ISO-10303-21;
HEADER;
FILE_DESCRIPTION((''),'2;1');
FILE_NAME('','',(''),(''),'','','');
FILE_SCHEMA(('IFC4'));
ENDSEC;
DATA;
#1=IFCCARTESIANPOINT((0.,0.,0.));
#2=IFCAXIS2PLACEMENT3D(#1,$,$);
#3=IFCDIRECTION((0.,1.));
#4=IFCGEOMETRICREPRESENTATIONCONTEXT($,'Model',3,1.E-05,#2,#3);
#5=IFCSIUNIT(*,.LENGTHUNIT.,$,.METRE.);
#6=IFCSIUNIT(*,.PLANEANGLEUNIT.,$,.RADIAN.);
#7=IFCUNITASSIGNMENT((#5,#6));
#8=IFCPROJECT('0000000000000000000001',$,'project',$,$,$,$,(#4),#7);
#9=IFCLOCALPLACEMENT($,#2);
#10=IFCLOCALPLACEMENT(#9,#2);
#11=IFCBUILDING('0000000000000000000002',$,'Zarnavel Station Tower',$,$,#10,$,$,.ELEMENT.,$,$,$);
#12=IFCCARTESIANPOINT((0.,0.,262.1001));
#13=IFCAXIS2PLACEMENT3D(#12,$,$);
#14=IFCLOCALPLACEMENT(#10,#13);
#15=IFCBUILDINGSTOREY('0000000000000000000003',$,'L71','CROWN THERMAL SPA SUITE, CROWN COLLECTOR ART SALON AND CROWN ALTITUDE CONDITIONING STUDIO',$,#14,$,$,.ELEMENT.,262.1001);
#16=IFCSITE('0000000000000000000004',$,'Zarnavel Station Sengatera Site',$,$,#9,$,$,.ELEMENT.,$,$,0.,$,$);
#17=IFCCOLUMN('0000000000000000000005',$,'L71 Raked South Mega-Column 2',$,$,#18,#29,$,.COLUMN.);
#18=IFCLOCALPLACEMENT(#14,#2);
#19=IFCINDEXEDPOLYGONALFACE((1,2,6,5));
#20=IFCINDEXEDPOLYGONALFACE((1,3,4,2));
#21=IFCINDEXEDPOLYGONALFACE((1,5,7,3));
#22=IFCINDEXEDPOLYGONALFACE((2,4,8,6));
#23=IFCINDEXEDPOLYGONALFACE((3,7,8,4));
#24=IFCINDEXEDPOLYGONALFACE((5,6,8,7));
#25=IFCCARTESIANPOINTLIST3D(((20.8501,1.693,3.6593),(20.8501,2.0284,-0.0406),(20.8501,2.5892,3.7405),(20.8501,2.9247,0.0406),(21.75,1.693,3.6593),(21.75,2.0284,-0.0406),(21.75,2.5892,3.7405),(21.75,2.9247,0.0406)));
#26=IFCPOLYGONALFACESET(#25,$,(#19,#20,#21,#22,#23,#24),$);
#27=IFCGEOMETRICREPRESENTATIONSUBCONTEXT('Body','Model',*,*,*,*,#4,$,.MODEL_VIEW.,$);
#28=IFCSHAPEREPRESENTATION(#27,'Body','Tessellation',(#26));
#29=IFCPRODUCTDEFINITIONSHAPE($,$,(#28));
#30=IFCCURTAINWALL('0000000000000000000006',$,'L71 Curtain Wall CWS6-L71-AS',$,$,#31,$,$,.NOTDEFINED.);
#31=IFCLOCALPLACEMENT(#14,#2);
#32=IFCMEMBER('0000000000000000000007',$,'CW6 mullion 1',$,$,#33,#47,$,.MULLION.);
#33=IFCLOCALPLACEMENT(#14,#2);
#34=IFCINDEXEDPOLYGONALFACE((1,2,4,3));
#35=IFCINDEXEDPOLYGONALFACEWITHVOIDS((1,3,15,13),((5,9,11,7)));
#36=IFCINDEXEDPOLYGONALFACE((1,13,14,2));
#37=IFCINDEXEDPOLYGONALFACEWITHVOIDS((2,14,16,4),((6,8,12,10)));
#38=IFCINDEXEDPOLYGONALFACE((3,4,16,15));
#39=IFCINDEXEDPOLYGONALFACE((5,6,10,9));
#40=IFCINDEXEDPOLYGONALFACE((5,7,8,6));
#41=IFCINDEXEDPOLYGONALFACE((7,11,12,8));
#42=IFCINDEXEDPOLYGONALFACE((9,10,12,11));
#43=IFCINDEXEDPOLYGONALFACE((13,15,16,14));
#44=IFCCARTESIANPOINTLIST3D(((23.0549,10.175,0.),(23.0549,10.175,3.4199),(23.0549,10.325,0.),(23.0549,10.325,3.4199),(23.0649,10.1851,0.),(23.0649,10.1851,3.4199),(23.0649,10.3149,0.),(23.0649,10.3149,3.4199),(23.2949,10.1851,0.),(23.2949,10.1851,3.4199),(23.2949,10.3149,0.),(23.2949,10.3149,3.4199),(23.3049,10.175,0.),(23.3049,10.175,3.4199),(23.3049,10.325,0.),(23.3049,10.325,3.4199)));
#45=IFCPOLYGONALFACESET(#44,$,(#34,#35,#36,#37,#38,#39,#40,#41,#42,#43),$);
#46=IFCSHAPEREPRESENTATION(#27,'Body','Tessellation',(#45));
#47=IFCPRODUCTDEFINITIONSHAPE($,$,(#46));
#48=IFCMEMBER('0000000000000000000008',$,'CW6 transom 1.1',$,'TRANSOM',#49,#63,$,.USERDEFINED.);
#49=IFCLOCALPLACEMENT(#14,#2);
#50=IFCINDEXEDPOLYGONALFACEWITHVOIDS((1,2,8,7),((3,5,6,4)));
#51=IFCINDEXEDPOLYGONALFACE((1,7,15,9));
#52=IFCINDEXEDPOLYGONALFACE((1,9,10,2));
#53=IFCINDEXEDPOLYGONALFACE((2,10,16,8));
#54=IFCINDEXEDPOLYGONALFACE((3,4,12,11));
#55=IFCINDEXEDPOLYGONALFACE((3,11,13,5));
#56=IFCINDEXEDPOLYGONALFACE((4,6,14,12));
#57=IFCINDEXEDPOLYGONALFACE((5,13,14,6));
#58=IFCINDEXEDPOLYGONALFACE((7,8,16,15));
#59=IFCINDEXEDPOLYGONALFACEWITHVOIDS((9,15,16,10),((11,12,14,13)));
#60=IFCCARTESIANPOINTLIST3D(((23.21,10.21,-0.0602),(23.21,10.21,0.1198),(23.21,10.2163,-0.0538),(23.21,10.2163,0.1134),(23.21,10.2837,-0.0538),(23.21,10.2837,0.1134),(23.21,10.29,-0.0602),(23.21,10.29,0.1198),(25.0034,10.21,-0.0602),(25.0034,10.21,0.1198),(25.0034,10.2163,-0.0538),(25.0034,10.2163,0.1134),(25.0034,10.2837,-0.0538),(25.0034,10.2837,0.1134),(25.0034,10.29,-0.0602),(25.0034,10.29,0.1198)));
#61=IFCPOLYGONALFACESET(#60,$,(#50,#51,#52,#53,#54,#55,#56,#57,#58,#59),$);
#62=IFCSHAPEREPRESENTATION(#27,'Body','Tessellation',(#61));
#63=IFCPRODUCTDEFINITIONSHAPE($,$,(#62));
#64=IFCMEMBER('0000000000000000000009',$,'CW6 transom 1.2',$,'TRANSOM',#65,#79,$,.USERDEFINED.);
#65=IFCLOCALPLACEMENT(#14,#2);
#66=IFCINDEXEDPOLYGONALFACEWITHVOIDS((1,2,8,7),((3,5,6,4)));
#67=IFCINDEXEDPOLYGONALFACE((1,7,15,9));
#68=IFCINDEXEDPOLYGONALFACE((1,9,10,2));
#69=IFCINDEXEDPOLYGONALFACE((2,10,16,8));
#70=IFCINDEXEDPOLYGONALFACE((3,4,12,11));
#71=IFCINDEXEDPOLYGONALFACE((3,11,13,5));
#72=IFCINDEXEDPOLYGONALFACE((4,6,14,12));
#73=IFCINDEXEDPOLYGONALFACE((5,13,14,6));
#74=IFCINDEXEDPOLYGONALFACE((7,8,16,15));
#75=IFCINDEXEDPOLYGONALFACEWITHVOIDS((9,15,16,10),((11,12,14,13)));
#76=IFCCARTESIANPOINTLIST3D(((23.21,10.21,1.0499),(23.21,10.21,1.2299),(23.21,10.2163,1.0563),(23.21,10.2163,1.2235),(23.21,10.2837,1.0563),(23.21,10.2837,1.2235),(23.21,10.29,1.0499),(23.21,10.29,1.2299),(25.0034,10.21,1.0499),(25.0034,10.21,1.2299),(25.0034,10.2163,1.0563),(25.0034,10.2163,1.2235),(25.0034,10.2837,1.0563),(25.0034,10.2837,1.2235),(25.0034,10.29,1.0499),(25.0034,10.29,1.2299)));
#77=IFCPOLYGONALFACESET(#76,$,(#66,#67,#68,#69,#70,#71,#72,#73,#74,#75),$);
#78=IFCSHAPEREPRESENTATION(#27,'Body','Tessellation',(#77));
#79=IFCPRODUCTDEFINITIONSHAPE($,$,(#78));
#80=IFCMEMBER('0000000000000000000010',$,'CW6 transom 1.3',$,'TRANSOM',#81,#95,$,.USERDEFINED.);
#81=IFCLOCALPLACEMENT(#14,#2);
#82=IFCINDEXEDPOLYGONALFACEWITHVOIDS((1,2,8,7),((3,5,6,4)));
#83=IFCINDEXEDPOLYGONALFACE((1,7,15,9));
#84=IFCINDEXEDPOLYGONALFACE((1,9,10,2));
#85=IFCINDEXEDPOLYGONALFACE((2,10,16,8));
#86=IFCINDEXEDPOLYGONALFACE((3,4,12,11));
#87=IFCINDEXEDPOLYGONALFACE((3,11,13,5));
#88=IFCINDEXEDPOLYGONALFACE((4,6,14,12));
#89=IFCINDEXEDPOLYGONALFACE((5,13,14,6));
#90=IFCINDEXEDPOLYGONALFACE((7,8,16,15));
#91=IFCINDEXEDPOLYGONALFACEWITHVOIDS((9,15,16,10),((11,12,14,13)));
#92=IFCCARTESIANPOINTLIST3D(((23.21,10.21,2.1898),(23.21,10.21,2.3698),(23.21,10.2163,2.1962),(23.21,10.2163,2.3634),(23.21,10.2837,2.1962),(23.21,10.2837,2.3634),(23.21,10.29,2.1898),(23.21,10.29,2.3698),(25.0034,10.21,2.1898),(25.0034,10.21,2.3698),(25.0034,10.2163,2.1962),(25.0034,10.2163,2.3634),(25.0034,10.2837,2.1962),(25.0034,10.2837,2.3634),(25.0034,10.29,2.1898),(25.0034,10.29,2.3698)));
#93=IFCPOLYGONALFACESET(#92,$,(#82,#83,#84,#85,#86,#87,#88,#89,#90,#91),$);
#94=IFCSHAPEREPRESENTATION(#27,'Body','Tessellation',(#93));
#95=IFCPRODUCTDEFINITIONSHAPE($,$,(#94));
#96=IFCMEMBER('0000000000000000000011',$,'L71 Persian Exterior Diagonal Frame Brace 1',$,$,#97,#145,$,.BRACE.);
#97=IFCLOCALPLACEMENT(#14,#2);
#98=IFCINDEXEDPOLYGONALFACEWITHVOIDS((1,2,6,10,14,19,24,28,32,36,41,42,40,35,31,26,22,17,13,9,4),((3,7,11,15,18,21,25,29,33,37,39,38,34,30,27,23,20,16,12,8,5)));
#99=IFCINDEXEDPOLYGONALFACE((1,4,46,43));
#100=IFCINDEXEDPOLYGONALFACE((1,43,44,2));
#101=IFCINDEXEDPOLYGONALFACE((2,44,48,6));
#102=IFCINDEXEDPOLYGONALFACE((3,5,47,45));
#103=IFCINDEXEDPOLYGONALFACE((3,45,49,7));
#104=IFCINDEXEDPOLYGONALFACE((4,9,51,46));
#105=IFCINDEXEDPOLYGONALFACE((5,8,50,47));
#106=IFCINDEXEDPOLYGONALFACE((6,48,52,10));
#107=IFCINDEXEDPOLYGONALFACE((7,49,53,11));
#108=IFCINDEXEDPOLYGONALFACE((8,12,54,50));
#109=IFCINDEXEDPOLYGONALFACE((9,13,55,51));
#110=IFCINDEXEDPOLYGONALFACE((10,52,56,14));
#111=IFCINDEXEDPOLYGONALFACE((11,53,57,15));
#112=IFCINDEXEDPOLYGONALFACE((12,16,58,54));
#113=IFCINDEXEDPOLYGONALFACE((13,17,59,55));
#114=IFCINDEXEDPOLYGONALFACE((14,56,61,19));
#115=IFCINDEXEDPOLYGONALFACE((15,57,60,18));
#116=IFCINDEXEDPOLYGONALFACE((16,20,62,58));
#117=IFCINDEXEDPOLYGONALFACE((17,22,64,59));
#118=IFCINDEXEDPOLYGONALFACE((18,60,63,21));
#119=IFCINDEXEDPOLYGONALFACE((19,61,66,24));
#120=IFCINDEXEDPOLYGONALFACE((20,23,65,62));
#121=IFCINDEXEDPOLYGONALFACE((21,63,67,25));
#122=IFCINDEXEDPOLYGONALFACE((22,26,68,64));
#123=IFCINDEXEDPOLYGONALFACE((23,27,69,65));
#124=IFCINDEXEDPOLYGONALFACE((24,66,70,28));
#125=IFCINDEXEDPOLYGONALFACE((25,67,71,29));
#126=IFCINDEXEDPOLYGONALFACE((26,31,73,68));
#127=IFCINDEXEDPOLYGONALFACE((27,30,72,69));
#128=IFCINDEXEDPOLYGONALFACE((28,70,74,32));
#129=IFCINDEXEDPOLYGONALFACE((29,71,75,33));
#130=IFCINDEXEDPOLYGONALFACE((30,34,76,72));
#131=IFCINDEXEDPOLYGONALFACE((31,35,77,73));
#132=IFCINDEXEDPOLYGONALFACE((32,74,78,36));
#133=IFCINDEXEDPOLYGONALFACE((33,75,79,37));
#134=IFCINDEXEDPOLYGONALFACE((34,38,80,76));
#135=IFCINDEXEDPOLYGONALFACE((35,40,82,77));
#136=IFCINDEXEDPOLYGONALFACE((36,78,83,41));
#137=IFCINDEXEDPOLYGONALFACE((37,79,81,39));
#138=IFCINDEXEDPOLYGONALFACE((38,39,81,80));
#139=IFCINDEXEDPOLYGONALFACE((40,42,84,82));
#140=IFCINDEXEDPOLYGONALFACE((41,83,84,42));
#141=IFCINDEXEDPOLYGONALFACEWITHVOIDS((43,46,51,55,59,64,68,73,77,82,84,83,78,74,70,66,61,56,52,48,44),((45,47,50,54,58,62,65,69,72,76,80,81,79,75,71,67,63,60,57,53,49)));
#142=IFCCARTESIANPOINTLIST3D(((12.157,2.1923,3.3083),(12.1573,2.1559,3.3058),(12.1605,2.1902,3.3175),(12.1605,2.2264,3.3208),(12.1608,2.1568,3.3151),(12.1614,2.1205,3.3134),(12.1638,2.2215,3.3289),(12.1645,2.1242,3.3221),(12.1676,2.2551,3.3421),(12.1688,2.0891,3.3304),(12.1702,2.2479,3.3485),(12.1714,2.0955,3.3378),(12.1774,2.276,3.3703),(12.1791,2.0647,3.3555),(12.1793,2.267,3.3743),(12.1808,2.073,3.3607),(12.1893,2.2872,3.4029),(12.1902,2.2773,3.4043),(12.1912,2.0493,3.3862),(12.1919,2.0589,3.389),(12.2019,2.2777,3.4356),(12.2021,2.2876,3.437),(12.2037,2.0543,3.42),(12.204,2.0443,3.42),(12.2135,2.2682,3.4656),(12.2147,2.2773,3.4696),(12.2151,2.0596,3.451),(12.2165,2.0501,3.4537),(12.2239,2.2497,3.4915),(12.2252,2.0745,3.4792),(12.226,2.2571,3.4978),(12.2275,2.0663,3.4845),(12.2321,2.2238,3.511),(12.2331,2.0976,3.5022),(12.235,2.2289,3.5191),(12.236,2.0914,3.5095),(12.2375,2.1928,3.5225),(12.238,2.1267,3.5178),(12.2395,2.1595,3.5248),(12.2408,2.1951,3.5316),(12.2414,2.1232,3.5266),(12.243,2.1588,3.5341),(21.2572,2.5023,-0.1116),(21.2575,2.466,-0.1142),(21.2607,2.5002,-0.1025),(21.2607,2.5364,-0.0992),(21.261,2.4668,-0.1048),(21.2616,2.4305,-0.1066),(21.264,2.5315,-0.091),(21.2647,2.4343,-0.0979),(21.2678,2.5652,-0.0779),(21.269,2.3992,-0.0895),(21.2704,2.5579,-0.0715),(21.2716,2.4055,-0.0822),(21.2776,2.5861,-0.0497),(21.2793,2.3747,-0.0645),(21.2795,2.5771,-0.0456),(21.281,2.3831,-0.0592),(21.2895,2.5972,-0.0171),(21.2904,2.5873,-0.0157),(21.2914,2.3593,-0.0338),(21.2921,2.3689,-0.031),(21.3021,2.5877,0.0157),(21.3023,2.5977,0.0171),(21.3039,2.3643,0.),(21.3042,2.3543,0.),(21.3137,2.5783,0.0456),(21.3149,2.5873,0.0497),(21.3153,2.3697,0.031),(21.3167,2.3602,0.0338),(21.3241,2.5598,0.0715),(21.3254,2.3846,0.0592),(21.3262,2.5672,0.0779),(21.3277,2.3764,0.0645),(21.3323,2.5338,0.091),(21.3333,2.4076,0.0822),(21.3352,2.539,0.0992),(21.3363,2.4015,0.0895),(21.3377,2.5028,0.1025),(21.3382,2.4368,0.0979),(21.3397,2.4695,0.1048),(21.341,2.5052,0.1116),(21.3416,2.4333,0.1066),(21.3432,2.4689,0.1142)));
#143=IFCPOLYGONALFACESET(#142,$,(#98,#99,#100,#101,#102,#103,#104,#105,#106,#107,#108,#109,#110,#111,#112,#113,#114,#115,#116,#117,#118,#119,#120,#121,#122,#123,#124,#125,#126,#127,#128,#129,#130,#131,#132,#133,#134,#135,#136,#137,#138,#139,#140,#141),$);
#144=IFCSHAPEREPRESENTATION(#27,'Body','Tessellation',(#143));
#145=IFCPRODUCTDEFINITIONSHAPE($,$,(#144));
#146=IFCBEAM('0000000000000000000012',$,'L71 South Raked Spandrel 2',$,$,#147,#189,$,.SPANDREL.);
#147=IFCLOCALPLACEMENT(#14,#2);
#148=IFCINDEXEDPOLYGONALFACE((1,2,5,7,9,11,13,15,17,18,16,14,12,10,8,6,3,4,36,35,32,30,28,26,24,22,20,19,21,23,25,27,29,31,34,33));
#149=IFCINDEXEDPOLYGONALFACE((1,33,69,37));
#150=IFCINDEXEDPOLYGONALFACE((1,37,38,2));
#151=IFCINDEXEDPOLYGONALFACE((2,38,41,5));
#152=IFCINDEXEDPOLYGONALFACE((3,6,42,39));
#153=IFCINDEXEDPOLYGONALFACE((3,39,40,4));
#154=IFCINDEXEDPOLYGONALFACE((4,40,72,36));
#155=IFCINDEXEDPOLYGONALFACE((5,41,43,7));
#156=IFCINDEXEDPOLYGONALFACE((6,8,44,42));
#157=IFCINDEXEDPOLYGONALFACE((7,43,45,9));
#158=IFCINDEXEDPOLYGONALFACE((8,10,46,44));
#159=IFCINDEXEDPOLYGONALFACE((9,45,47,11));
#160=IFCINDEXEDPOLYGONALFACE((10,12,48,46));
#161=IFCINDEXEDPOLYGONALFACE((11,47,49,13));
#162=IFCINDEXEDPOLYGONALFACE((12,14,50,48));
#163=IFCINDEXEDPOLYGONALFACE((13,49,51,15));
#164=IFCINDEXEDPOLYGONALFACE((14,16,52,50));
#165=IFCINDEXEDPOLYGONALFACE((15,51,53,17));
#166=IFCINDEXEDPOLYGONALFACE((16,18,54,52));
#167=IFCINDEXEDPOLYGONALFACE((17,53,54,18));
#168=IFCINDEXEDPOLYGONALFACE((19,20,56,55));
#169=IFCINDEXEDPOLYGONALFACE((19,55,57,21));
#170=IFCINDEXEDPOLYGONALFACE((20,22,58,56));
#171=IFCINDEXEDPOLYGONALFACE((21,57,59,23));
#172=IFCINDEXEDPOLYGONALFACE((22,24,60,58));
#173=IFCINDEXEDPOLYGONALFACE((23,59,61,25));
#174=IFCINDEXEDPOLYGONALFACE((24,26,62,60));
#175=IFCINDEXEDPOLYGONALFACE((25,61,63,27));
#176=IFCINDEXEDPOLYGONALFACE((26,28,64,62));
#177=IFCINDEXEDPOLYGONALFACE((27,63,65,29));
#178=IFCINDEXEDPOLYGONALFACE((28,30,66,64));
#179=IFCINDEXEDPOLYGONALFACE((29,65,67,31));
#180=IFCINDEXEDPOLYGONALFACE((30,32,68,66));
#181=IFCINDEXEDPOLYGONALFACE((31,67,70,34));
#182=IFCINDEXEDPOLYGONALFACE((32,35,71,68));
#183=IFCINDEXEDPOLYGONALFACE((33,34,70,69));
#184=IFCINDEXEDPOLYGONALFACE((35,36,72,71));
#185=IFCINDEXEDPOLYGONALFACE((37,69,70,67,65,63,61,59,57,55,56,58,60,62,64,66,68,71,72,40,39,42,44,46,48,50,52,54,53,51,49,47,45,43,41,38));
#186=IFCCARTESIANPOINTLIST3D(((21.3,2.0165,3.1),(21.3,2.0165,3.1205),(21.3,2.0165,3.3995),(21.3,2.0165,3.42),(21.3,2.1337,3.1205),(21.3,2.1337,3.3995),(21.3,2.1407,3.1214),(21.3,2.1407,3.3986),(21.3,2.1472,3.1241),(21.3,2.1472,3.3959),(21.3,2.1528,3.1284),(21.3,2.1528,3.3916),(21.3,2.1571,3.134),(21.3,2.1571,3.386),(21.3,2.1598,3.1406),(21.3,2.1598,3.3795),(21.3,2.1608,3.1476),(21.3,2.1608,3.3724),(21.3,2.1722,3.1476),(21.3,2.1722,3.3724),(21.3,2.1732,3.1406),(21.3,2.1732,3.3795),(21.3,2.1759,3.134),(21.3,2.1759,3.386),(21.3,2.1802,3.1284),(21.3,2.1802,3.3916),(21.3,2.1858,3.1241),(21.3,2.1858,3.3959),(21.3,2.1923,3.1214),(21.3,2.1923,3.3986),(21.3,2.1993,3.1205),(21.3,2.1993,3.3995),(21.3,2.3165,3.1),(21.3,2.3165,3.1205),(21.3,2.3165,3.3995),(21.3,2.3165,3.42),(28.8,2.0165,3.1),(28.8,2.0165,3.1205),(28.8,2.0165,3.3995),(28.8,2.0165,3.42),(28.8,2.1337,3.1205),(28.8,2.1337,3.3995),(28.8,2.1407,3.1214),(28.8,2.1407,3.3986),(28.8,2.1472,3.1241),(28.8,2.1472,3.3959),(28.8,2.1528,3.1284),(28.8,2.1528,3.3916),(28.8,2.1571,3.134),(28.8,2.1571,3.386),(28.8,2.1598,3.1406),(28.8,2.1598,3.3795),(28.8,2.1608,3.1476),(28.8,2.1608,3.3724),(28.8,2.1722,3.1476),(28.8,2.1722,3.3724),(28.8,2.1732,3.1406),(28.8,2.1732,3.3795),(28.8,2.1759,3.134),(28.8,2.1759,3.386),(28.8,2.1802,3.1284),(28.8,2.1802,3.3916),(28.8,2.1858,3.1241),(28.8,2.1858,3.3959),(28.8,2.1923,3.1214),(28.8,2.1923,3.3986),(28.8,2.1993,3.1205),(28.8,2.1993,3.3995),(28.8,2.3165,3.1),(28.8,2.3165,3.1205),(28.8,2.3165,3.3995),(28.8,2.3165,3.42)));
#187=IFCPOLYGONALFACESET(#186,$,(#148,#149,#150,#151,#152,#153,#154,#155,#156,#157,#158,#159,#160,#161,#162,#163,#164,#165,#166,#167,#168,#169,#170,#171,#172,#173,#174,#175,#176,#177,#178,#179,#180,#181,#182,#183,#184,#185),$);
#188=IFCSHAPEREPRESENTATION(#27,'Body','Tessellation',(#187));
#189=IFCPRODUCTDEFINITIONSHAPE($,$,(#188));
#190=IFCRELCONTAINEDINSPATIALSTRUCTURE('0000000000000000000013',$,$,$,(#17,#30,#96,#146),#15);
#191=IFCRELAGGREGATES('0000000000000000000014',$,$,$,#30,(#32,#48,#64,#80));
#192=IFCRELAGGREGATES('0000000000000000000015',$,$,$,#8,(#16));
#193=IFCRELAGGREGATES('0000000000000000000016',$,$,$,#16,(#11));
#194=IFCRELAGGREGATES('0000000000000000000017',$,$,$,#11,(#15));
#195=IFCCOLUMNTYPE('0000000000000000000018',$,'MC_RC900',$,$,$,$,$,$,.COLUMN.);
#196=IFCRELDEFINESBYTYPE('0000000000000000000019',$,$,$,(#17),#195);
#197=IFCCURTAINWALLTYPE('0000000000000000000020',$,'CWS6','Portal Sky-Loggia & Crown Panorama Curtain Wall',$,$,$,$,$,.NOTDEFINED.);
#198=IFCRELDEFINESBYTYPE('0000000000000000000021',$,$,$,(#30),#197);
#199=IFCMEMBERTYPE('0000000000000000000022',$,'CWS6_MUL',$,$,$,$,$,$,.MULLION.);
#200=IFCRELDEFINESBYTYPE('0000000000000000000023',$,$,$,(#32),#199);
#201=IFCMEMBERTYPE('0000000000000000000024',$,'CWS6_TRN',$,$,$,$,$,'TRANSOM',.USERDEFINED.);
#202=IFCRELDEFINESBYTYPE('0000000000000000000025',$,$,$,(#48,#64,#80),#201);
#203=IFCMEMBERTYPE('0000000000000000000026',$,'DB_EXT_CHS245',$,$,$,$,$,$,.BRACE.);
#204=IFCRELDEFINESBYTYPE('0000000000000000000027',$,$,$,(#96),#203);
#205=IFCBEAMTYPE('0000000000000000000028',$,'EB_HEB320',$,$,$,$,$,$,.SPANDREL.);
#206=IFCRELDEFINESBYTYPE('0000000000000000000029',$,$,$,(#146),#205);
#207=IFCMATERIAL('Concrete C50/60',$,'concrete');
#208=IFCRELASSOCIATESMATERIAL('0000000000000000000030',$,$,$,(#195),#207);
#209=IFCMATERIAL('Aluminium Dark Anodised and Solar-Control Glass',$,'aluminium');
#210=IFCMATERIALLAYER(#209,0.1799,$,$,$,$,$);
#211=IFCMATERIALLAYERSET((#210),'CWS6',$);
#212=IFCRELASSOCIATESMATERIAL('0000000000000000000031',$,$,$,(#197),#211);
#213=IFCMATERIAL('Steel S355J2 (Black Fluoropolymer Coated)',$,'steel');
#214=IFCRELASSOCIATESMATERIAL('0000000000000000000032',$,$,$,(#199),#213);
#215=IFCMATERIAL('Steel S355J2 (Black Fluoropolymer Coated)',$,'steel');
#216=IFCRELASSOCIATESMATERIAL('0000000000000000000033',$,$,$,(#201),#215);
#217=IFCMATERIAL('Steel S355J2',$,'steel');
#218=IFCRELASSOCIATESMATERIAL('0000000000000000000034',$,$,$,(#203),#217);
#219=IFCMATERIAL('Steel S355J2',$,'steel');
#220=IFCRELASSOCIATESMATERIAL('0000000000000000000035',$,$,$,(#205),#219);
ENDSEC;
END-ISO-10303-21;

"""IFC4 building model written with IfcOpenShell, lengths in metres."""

from ifc_helpers import new_model, si_unit, direction, frame, origin, origin_2d, place, context, subcontext, project, spatial, rectangle, hollow_rectangle, hollow_circle, i_section, extrude, material, layer, layer_set, material_profile, profile_set, type_object, element, aggregate, save


model = new_model("IFC4")

# Units and contexts
model_context = context("Model", 3, precision=1e-05, world=origin(), true_north=direction((0.0, 1.0)))
body_context = subcontext(model_context, "Body", "Model", "MODEL_VIEW")
ifc_project = project(units=[si_unit("LENGTHUNIT", "METRE"), si_unit("PLANEANGLEUNIT", "RADIAN")], contexts=[model_context])

# Site, building, storey
site_placement = place(None, origin())
site = spatial("IfcSite", under=ifc_project, at=site_placement, Name="Zarnavel Station Sengatera Site", CompositionType="ELEMENT", RefElevation=0.0)
building_placement = place(site_placement, origin())
building = spatial("IfcBuilding", under=site, at=building_placement, Name="Zarnavel Station Tower", CompositionType="ELEMENT")
storey_placement = place(building_placement, frame((0.0, 0.0, 262.1001)))
storey = spatial("IfcBuildingStorey", under=building, at=storey_placement, Name="L71", Description="CROWN THERMAL SPA SUITE, CROWN COLLECTOR ART SALON AND CROWN ALTITUDE CONDITIONING STUDIO", CompositionType="ELEMENT", Elevation=262.1001)

# Column
ifc_material_1 = material(Name="Concrete C50/60", Category="concrete")
ifc_material_profile_1 = material_profile(ifc_material_1, rectangle(XDim=0.8999, YDim=0.8999, at=origin_2d()), Name="RC900x900")
ifc_profile_set_1 = profile_set([ifc_material_profile_1], Name="Concrete C50/60")
column_type = type_object("IfcColumnType", Name="MC_RC900", PredefinedType="COLUMN", material=ifc_profile_set_1)
column_placement = place(storey_placement, frame((21.3, 2.4766, 0.0), z_axis=(0.0, -0.090293, 0.995915), x_axis=(1.0, 0.0, 0.0)))
element("IfcColumn", 1, at=column_placement, inside=storey, type_object=column_type, Name="L71 Raked South Mega-Column 2", PredefinedType="COLUMN", context=body_context, shape_type="SweptSolid", body=[
    extrude(rectangle(XDim=0.8999, YDim=0.8999, at=origin_2d()), origin(), (0.0, 0.0, 1.0), 3.7151),
])

# Curtain wall, members
ifc_material_2 = material(Name="Aluminium Dark Anodised and Solar-Control Glass", Category="aluminium")
ifc_layer_1 = layer(ifc_material_2, 0.1799)
ifc_layer_set_1 = layer_set([ifc_layer_1], Name="CWS6")
curtain_wall_type = type_object("IfcCurtainWallType", Name="CWS6", Description="Portal Sky-Loggia & Crown Panorama Curtain Wall", PredefinedType="NOTDEFINED", material=ifc_layer_set_1)
curtain_wall_placement = place(storey_placement, origin())
curtain_wall = element("IfcCurtainWall", 2, at=curtain_wall_placement, inside=storey, type_object=curtain_wall_type, Name="L71 Curtain Wall CWS6-L71-AS", PredefinedType="NOTDEFINED")
ifc_material_3 = material(Name="Steel S355J2 (Black Fluoropolymer Coated)", Category="steel")
ifc_material_profile_2 = material_profile(ifc_material_3, hollow_rectangle(XDim=0.1499, YDim=0.25, WallThickness=0.01, at=origin_2d()), Name="RHS250x150x10")
ifc_profile_set_2 = profile_set([ifc_material_profile_2], Name="Steel S355J2 (Black Fluoropolymer Coated)")
member_type_1 = type_object("IfcMemberType", Name="CWS6_MUL", PredefinedType="MULLION", material=ifc_profile_set_2)
member_1_placement = place(storey_placement, frame((23.1799, 10.25, 0.0), z_axis=(0.0, 0.0, 1.0), x_axis=(0.0, 1.0, 0.0)))
member_1 = element("IfcMember", 3, at=member_1_placement, type_object=member_type_1, Name="CW6 mullion 1", PredefinedType="MULLION", context=body_context, shape_type="SweptSolid", body=[
    extrude(hollow_rectangle(XDim=0.1499, YDim=0.25, WallThickness=0.01, at=origin_2d()), origin(), (0.0, 0.0, 1.0), 3.4199),
])
ifc_material_4 = material(Name="Steel S355J2 (Black Fluoropolymer Coated)", Category="steel")
ifc_material_profile_3 = material_profile(ifc_material_4, hollow_rectangle(XDim=0.0801, YDim=0.1799, WallThickness=0.0063, at=origin_2d()), Name="RHS180x80x6.3")
ifc_profile_set_3 = profile_set([ifc_material_profile_3], Name="Steel S355J2 (Black Fluoropolymer Coated)")
member_type_2 = type_object("IfcMemberType", Name="CWS6_TRN", ElementType="TRANSOM", PredefinedType="USERDEFINED", material=ifc_profile_set_3)
member_2_placement = place(storey_placement, frame((23.21, 10.25, 0.0298), z_axis=(1.0, 0.0, 0.0), x_axis=(0.0, 1.0, 0.0)))
member_2 = element("IfcMember", 4, at=member_2_placement, type_object=member_type_2, Name="CW6 transom 1.1", ObjectType="TRANSOM", PredefinedType="USERDEFINED", context=body_context, shape_type="SweptSolid", body=[
    extrude(hollow_rectangle(XDim=0.0801, YDim=0.1799, WallThickness=0.0063, at=origin_2d()), origin(), (0.0, 0.0, 1.0), 1.7935),
])
member_3_placement = place(storey_placement, frame((23.21, 10.25, 1.1399), z_axis=(1.0, 0.0, 0.0), x_axis=(0.0, 1.0, 0.0)))
member_3 = element("IfcMember", 5, at=member_3_placement, type_object=member_type_2, Name="CW6 transom 1.2", ObjectType="TRANSOM", PredefinedType="USERDEFINED", context=body_context, shape_type="SweptSolid", body=[
    extrude(hollow_rectangle(XDim=0.0801, YDim=0.1799, WallThickness=0.0063, at=origin_2d()), origin(), (0.0, 0.0, 1.0), 1.7935),
])
member_4_placement = place(storey_placement, frame((23.21, 10.25, 2.2798), z_axis=(1.0, 0.0, 0.0), x_axis=(0.0, 1.0, 0.0)))
member_4 = element("IfcMember", 6, at=member_4_placement, type_object=member_type_2, Name="CW6 transom 1.3", ObjectType="TRANSOM", PredefinedType="USERDEFINED", context=body_context, shape_type="SweptSolid", body=[
    extrude(hollow_rectangle(XDim=0.0801, YDim=0.1799, WallThickness=0.0063, at=origin_2d()), origin(), (0.0, 0.0, 1.0), 1.7935),
])
aggregate(curtain_wall, [member_1, member_2, member_3, member_4])

# Member
ifc_material_5 = material(Name="Steel S355J2", Category="steel")
ifc_material_profile_4 = material_profile(ifc_material_5, hollow_circle(Radius=0.1223, WallThickness=0.01, at=origin_2d()), Name="CHS244.5x10")
ifc_profile_set_4 = profile_set([ifc_material_profile_4], Name="Steel S355J2")
member_type_3 = type_object("IfcMemberType", Name="DB_EXT_CHS245", PredefinedType="BRACE", material=ifc_profile_set_4)
member_5_placement = place(storey_placement, frame((21.3, 2.4766, 0.0), z_axis=(-0.935603, -0.031878, 0.351611), x_axis=(0.034052, -0.99942, 0.0)))
element("IfcMember", 7, at=member_5_placement, inside=storey, type_object=member_type_3, Name="L71 Persian Exterior Diagonal Frame Brace 1", PredefinedType="BRACE", context=body_context, shape_type="SweptSolid", body=[
    extrude(hollow_circle(Radius=0.1223, WallThickness=0.01, at=origin_2d()), origin(), (0.0, 0.0, 1.0), 9.7266),
])

# Beam
ifc_material_6 = material(Name="Steel S355J2", Category="steel")
ifc_material_profile_5 = material_profile(ifc_material_6, i_section(OverallWidth=0.3, OverallDepth=0.3201, WebThickness=0.0115, FlangeThickness=0.0205, FilletRadius=0.0271, at=origin_2d()), Name="HEB320")
ifc_profile_set_5 = profile_set([ifc_material_profile_5], Name="Steel S355J2")
beam_type_1 = type_object("IfcBeamType", Name="EB_HEB320", PredefinedType="SPANDREL", material=ifc_profile_set_5)
beam_1_placement = place(storey_placement, frame((21.3, 2.1665, 3.26), z_axis=(1.0, 0.0, 0.0), x_axis=(0.0, 1.0, 0.0)))
element("IfcBeam", 8, at=beam_1_placement, inside=storey, type_object=beam_type_1, Name="L71 South Raked Spandrel 2", PredefinedType="SPANDREL", context=body_context, shape_type="SweptSolid", body=[
    extrude(i_section(OverallWidth=0.3, OverallDepth=0.3201, WebThickness=0.0115, FlangeThickness=0.0205, FilletRadius=0.0271, at=origin_2d()), origin(), (0.0, 0.0, 1.0), 7.5),
])

save(model, "model.ifc")
